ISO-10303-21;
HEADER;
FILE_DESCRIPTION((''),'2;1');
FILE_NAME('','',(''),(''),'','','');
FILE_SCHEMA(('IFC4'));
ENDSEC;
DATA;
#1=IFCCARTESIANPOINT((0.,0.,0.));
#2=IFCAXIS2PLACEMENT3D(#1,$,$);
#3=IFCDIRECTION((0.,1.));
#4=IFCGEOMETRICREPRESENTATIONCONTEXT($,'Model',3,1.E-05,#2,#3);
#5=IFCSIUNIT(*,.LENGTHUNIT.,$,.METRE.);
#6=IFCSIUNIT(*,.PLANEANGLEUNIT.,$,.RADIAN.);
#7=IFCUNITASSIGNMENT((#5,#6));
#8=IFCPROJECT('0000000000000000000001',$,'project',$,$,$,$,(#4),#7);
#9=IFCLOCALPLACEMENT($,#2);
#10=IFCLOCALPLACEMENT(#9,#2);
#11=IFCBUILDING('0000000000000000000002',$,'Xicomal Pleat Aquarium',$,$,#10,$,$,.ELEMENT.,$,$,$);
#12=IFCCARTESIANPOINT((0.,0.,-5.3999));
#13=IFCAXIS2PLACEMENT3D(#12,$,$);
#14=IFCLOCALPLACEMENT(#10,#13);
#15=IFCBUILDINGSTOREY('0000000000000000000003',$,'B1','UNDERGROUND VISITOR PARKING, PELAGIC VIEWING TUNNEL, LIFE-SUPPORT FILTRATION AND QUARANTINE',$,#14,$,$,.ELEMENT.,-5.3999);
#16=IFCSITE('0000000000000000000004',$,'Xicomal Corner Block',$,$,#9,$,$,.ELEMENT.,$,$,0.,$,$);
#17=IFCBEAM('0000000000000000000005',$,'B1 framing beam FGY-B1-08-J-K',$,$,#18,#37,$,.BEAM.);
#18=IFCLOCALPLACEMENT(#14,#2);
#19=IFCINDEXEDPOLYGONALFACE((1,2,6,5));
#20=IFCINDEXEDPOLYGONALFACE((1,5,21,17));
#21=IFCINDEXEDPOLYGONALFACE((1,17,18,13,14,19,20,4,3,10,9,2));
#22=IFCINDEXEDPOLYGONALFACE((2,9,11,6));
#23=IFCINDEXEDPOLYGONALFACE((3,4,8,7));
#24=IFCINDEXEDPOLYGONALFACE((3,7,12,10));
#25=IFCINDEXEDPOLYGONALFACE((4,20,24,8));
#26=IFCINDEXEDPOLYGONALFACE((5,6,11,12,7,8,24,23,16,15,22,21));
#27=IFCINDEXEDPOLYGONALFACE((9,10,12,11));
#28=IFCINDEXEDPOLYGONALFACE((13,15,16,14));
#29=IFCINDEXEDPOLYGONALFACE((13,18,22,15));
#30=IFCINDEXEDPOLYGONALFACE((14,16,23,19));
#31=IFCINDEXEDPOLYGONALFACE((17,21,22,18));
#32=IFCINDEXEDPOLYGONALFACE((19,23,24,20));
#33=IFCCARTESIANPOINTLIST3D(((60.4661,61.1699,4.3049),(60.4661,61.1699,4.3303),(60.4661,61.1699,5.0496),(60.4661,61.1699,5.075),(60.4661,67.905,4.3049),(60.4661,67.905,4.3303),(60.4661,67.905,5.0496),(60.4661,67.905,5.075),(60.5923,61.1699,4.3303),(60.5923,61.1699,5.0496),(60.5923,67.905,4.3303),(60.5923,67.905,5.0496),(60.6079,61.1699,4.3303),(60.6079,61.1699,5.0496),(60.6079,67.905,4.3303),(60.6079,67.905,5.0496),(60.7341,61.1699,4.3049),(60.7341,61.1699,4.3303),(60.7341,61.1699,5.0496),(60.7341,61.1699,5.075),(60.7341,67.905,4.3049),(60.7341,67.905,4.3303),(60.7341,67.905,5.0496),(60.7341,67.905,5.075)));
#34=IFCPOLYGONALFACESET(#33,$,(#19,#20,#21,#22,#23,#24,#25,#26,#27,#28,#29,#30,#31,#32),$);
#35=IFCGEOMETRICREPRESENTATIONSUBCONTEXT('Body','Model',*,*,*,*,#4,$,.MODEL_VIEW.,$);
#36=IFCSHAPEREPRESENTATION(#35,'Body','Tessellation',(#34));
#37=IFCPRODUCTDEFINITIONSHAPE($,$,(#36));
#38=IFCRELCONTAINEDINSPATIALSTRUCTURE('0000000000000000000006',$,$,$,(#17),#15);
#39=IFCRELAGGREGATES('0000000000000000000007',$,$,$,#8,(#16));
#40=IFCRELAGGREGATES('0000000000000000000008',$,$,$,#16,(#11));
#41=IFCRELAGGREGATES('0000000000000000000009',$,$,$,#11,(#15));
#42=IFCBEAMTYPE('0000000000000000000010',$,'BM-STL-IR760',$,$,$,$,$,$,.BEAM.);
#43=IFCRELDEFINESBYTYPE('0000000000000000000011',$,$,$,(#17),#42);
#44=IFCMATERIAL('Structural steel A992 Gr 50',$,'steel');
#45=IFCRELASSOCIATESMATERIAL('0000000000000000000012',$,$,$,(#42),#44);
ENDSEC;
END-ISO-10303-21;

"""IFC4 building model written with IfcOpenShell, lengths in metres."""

from ifc_helpers import new_model, si_unit, direction, frame, origin, origin_2d, place, context, subcontext, project, spatial, i_section, extrude, material, material_profile, profile_set, type_object, element, save


model = new_model("IFC4")

# Units and contexts
model_context = context("Model", 3, precision=1e-05, world=origin(), true_north=direction((0.0, 1.0)))
body_context = subcontext(model_context, "Body", "Model", "MODEL_VIEW")
ifc_project = project(units=[si_unit("LENGTHUNIT", "METRE"), si_unit("PLANEANGLEUNIT", "RADIAN")], contexts=[model_context])

# Site, building, storey
site_placement = place(None, origin())
site = spatial("IfcSite", under=ifc_project, at=site_placement, Name="Xicomal Corner Block", CompositionType="ELEMENT", RefElevation=0.0)
building_placement = place(site_placement, origin())
building = spatial("IfcBuilding", under=site, at=building_placement, Name="Xicomal Pleat Aquarium", CompositionType="ELEMENT")
storey_placement = place(building_placement, frame((0.0, 0.0, -5.3999)))
storey = spatial("IfcBuildingStorey", under=building, at=storey_placement, Name="B1", Description="UNDERGROUND VISITOR PARKING, PELAGIC VIEWING TUNNEL, LIFE-SUPPORT FILTRATION AND QUARANTINE", CompositionType="ELEMENT", Elevation=-5.3999)

# Beam
ifc_material_1 = material(Name="Structural steel A992 Gr 50", Category="steel")
ifc_material_profile_1 = material_profile(ifc_material_1, i_section(OverallWidth=0.2681, OverallDepth=0.77, WebThickness=0.0156, FlangeThickness=0.0254, at=origin_2d()), Name="IR 760x196")
ifc_profile_set_1 = profile_set([ifc_material_profile_1], Name="Structural steel A992 Gr 50")
beam_type_1 = type_object("IfcBeamType", Name="BM-STL-IR760", PredefinedType="BEAM", material=ifc_profile_set_1)
beam_1_placement = place(storey_placement, frame((60.6001, 61.1699, 4.6899), z_axis=(0.0, 1.0, 0.0), x_axis=(-1.0, 0.0, 0.0)))
element("IfcBeam", 1, at=beam_1_placement, inside=storey, type_object=beam_type_1, Name="B1 framing beam FGY-B1-08-J-K", PredefinedType="BEAM", context=body_context, shape_type="SweptSolid", body=[
    extrude(i_section(OverallWidth=0.2681, OverallDepth=0.77, WebThickness=0.0156, FlangeThickness=0.0254, at=origin_2d()), origin(), (0.0, 0.0, 1.0), 6.7351),
])

save(model, "model.ifc")
